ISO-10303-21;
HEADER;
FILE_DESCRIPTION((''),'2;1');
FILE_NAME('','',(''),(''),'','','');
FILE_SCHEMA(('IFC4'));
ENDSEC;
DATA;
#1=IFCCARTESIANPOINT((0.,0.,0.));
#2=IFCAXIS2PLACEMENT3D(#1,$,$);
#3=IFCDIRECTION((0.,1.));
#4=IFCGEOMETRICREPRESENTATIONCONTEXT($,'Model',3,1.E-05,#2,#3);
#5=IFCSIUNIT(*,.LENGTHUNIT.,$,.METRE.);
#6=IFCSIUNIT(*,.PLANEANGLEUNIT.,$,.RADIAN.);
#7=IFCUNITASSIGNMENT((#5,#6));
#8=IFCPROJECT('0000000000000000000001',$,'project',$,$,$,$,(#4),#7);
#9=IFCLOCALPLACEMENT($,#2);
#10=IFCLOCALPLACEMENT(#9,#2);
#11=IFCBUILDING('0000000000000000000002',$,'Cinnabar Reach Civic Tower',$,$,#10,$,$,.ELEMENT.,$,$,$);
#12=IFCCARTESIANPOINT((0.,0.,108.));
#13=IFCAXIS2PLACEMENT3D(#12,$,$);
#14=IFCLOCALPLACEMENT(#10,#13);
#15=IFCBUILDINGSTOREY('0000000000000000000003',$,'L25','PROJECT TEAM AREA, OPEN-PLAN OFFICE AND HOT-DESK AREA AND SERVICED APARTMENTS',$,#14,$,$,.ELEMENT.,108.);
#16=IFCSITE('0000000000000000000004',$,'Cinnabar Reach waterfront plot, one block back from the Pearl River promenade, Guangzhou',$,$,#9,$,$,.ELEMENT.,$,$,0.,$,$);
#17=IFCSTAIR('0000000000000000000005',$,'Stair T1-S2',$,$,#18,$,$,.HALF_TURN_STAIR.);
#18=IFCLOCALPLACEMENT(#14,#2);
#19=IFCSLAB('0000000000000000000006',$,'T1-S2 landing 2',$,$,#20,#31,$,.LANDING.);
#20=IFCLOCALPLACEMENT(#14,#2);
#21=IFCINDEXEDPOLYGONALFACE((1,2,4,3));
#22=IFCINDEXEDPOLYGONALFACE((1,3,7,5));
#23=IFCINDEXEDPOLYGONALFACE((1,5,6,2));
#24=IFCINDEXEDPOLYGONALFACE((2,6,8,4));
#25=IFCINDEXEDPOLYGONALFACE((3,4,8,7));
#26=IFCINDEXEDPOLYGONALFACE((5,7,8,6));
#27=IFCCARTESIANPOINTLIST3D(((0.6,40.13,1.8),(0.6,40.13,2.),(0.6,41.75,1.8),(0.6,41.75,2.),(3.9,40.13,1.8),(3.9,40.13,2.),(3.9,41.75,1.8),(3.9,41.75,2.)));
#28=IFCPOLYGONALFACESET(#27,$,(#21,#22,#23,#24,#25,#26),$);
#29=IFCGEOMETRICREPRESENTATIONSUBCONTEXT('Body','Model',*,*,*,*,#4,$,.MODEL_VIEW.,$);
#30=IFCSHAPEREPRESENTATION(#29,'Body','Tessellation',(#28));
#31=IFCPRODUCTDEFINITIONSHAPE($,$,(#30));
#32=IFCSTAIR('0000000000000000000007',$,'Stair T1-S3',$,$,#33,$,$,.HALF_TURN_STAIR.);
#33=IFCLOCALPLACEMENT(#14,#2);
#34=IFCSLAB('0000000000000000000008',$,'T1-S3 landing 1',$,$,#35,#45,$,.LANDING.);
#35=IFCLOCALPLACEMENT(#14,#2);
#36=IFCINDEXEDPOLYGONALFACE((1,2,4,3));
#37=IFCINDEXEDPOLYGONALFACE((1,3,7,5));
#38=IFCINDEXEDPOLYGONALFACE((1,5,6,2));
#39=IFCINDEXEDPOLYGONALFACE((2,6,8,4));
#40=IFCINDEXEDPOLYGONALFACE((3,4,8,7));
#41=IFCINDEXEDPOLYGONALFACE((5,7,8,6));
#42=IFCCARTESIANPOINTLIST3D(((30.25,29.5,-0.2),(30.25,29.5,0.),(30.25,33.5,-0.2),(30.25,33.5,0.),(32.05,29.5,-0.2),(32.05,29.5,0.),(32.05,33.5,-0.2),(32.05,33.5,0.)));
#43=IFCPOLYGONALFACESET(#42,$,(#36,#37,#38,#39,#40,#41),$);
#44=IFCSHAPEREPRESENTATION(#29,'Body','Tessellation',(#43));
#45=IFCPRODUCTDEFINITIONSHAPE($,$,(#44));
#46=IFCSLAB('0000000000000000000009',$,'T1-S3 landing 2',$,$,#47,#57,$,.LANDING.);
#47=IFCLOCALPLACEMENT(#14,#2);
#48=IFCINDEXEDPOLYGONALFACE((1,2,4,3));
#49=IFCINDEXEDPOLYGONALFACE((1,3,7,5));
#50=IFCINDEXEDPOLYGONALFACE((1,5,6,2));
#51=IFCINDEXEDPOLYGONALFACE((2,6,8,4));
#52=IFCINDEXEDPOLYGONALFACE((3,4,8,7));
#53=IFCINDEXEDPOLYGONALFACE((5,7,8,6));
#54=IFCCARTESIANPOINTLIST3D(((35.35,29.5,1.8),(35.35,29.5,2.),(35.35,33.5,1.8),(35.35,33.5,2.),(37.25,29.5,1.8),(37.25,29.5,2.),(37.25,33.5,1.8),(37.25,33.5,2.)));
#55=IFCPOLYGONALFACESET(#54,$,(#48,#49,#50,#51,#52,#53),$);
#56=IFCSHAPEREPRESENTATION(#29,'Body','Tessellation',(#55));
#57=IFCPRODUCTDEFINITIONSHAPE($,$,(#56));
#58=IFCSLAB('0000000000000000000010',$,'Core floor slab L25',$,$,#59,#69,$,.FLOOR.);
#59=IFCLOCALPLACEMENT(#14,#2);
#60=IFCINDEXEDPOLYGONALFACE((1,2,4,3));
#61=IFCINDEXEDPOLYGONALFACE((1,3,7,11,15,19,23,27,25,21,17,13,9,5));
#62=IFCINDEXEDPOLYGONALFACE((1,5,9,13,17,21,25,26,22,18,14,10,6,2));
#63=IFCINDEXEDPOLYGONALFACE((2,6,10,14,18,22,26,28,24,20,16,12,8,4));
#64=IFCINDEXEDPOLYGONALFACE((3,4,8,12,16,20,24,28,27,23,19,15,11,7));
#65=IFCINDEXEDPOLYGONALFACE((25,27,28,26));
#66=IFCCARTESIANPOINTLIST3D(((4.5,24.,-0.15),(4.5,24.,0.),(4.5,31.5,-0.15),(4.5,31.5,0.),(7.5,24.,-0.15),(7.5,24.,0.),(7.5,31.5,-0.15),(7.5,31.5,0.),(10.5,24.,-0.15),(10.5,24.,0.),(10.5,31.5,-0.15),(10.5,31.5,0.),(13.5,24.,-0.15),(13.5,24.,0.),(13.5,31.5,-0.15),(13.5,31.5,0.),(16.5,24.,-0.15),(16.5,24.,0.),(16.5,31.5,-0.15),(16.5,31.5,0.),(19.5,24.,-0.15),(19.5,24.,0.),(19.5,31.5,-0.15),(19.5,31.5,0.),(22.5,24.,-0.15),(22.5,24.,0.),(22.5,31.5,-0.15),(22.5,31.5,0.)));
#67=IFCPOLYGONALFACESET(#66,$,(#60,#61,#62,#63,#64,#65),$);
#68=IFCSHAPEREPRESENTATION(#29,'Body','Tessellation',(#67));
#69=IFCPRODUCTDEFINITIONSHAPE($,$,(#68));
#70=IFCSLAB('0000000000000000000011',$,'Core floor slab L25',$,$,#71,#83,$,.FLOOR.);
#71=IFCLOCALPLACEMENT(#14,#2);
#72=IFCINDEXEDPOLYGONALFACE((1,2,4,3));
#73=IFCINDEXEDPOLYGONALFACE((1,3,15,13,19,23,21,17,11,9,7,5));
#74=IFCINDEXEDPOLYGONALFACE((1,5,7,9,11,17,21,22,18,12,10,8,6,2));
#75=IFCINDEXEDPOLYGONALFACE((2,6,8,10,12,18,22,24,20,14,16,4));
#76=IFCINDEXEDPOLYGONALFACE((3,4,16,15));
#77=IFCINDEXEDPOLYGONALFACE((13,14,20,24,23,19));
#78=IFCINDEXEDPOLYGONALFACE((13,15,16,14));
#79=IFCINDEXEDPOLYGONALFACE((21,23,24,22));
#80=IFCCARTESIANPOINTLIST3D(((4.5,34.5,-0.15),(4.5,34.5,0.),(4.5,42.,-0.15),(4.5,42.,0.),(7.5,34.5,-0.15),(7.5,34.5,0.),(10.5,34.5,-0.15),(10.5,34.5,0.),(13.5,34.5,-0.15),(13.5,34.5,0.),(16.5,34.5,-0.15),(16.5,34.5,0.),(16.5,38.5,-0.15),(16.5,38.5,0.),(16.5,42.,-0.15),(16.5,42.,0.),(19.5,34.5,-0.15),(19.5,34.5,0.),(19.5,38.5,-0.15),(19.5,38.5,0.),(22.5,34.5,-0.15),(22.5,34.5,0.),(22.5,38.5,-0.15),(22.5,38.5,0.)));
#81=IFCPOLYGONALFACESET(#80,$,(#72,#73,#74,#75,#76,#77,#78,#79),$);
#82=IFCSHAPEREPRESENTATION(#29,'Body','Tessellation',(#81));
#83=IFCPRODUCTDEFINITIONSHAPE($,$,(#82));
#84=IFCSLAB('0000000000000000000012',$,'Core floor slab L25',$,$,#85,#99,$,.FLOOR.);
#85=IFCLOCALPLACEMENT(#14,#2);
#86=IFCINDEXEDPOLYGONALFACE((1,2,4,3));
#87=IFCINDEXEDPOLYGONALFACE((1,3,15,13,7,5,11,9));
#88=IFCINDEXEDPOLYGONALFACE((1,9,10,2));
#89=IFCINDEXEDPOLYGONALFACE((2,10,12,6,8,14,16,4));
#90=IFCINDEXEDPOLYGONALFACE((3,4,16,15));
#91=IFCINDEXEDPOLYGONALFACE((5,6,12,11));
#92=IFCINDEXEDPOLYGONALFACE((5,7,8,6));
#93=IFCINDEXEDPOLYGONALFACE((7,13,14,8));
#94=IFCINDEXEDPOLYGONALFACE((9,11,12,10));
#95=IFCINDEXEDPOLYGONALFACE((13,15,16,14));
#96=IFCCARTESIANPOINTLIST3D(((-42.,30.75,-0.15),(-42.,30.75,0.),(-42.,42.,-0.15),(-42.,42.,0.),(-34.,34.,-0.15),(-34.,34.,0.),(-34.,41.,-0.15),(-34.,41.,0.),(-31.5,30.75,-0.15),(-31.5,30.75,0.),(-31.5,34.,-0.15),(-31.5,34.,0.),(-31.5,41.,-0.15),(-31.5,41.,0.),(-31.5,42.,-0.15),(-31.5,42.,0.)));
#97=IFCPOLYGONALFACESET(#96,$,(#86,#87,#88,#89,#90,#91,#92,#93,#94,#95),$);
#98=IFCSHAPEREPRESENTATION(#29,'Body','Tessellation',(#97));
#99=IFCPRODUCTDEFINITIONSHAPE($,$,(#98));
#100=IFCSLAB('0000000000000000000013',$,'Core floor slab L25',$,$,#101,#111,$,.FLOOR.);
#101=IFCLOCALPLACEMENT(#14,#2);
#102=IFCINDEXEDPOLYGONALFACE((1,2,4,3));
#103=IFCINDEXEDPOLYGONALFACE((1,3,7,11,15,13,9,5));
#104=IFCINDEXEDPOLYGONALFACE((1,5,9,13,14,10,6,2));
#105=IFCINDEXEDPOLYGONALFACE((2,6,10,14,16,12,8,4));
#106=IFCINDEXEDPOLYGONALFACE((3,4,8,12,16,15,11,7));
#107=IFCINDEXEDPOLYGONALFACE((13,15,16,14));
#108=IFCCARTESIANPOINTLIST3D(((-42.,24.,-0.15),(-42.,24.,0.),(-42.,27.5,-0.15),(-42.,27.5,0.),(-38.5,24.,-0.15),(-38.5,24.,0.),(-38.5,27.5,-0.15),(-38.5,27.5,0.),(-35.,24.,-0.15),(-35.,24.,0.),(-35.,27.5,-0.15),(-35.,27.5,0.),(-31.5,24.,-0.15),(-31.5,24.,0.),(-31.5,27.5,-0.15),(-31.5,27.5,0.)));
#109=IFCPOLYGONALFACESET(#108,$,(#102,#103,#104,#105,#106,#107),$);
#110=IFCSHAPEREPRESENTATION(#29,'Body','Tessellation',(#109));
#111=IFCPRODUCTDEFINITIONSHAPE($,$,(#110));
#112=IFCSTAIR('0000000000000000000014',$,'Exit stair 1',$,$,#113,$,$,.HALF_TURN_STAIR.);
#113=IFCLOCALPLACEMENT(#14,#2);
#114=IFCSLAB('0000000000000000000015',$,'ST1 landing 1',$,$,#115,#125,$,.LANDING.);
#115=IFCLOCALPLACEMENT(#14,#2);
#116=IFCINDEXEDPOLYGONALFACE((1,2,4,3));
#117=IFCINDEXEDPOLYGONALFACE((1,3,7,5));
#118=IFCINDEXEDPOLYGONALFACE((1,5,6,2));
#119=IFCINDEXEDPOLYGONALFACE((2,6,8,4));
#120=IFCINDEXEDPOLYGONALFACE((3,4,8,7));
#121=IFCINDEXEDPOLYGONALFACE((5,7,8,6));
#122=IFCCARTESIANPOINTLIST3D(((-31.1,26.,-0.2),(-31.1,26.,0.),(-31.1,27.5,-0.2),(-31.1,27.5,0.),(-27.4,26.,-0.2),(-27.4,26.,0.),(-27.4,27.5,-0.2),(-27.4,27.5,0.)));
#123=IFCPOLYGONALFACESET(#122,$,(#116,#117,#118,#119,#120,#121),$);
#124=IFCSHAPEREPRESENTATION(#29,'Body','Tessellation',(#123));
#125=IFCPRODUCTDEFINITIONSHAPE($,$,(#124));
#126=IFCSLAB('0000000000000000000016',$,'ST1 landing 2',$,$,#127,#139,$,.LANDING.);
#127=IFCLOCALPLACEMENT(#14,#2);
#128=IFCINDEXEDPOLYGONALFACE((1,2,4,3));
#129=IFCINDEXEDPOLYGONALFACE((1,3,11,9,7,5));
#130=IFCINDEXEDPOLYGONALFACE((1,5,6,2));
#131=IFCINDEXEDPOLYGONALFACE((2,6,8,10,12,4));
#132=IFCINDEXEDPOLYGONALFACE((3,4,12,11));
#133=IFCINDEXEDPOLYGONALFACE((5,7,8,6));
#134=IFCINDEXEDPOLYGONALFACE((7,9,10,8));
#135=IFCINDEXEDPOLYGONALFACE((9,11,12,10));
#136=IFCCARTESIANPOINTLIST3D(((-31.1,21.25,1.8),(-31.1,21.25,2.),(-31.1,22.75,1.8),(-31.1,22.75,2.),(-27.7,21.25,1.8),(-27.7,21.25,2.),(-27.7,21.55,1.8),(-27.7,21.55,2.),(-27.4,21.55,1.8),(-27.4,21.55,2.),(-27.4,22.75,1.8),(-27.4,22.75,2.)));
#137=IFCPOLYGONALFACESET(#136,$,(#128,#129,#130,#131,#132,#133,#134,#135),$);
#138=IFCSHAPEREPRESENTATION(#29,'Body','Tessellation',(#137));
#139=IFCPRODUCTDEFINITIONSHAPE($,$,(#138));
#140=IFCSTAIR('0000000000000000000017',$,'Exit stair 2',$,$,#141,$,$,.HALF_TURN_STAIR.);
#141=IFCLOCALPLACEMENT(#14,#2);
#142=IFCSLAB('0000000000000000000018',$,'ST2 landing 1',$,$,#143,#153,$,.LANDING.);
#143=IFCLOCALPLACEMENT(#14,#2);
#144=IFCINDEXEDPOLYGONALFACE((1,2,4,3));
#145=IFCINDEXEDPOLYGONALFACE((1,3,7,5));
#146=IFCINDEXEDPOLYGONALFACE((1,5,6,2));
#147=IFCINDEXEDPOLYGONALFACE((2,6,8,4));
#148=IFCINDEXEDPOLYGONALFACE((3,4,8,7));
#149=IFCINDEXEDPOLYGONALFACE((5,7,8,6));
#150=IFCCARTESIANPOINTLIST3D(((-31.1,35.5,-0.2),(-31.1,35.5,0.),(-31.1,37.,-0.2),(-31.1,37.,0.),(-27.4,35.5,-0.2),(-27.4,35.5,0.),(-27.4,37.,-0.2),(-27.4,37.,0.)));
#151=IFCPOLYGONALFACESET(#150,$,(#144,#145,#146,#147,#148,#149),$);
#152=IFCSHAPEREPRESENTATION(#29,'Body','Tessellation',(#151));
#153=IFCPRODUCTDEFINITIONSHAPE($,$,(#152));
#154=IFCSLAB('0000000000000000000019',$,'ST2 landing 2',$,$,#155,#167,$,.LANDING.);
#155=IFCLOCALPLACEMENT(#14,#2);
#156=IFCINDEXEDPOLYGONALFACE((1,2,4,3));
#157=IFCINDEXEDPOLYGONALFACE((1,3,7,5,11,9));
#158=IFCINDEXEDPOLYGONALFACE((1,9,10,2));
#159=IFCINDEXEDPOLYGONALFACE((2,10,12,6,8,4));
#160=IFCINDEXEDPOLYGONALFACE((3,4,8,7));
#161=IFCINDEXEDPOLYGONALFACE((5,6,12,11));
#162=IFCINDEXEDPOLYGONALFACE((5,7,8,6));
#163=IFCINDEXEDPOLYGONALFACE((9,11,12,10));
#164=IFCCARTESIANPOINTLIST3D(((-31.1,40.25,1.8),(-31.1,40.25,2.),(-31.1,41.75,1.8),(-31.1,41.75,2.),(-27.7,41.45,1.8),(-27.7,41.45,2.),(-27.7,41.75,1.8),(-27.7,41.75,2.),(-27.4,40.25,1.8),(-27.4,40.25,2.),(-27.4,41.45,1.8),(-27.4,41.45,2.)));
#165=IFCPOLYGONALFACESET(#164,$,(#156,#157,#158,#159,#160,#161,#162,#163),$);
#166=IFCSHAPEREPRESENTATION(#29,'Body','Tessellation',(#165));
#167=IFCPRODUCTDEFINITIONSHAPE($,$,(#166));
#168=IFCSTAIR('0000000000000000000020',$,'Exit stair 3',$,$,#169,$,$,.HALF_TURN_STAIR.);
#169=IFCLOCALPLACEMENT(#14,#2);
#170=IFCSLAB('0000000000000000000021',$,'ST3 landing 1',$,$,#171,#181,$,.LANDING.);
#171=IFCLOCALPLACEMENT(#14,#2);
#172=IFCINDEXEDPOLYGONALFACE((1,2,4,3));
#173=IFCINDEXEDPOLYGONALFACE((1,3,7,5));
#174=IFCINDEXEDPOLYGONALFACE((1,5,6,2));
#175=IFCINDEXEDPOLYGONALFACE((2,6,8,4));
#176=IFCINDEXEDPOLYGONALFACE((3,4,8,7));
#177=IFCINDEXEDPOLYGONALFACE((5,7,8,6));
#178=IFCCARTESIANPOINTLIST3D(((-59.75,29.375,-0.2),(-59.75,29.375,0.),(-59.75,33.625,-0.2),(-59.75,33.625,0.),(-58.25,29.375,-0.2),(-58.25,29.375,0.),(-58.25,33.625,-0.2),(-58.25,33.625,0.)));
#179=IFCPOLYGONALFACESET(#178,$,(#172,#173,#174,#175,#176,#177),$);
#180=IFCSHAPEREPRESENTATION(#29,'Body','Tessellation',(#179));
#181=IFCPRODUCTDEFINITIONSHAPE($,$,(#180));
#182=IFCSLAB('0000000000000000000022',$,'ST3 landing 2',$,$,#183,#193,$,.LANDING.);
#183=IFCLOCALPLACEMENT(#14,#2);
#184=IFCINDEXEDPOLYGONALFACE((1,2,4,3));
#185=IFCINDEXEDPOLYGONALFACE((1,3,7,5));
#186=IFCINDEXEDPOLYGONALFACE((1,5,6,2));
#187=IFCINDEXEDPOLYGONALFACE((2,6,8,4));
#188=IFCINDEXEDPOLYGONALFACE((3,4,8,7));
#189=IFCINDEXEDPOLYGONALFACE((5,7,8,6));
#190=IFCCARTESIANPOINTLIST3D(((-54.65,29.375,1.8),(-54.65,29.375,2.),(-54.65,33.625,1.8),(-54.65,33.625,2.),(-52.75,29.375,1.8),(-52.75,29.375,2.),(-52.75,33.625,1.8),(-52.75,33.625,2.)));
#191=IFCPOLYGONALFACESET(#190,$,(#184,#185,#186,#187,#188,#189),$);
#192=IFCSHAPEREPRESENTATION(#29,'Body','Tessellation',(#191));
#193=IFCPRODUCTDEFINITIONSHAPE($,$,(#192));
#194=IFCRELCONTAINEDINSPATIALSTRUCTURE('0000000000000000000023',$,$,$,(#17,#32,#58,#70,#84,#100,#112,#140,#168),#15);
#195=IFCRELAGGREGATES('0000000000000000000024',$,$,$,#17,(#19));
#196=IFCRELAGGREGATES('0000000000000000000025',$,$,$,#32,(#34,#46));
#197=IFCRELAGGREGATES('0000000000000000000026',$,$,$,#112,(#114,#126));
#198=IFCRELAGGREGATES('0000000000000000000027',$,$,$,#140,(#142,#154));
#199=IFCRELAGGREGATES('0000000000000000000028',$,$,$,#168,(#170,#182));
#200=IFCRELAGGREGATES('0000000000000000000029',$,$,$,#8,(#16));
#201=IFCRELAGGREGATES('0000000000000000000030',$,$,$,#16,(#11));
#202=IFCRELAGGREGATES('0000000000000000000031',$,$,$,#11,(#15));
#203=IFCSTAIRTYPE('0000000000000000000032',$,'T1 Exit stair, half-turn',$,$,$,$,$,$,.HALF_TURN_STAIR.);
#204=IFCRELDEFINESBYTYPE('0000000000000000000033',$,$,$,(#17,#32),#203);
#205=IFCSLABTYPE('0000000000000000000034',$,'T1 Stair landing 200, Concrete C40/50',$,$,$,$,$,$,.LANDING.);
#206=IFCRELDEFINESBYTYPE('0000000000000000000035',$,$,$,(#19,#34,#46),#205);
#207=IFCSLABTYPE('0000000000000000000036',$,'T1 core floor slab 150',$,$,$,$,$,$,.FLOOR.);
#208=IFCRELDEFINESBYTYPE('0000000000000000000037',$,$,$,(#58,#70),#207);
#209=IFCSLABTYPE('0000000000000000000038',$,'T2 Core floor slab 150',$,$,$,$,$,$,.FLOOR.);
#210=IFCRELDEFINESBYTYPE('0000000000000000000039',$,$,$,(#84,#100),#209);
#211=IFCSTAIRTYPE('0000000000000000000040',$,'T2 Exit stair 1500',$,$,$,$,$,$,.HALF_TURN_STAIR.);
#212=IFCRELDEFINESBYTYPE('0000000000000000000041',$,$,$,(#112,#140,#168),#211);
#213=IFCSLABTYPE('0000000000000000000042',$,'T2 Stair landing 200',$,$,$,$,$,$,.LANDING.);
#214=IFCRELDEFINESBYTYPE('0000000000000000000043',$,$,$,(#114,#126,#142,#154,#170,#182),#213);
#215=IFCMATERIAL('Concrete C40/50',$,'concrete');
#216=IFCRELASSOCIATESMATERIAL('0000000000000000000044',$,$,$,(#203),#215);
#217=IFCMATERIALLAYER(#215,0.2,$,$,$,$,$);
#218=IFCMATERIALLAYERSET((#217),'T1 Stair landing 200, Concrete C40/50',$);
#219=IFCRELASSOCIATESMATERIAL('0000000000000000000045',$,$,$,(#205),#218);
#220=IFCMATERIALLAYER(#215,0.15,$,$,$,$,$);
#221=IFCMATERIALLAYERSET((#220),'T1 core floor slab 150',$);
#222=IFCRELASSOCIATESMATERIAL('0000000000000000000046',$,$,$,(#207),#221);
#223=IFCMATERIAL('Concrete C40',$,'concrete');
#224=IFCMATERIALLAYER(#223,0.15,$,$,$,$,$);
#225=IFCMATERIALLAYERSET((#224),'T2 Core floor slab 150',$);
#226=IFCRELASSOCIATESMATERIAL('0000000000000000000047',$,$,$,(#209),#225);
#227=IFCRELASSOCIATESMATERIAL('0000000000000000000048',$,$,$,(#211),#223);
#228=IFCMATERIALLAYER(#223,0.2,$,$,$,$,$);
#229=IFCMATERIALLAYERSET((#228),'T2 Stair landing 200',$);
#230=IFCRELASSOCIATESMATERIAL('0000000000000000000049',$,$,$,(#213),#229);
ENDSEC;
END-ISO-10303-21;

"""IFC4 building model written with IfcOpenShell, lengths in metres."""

from ifc_helpers import new_model, si_unit, direction, frame, origin, place, context, subcontext, project, spatial, polyline, outline, extrude, material, layer, layer_set, type_object, element, aggregate, save


model = new_model("IFC4")

# Units and contexts
model_context = context("Model", 3, precision=1e-05, world=origin(), true_north=direction((0.0, 1.0)))
body_context = subcontext(model_context, "Body", "Model", "MODEL_VIEW")
ifc_project = project(units=[si_unit("LENGTHUNIT", "METRE"), si_unit("PLANEANGLEUNIT", "RADIAN")], contexts=[model_context])

# Site, building, storey
site_placement = place(None, origin())
site = spatial("IfcSite", under=ifc_project, at=site_placement, Name="Cinnabar Reach waterfront plot, one block back from the Pearl River promenade, Guangzhou", CompositionType="ELEMENT", RefElevation=0.0)
building_placement = place(site_placement, origin())
building = spatial("IfcBuilding", under=site, at=building_placement, Name="Cinnabar Reach Civic Tower", CompositionType="ELEMENT")
storey_placement = place(building_placement, frame((0.0, 0.0, 108.0)))
storey = spatial("IfcBuildingStorey", under=building, at=storey_placement, Name="L25", Description="PROJECT TEAM AREA, OPEN-PLAN OFFICE AND HOT-DESK AREA AND SERVICED APARTMENTS", CompositionType="ELEMENT", Elevation=108.0)

# Shared definitions
ifc_material_1 = material(Name="Concrete C40", Category="concrete")

# Stairs, slabs
ifc_material_2 = material(Name="Concrete C40/50", Category="concrete")
stair_type_1 = type_object("IfcStairType", Name="T1 Exit stair, half-turn", PredefinedType="HALF_TURN_STAIR", material=ifc_material_2)
ifc_layer_1 = layer(ifc_material_2, 0.2)
ifc_layer_set_1 = layer_set([ifc_layer_1], Name="T1 Stair landing 200, Concrete C40/50")
slab_type_1 = type_object("IfcSlabType", Name="T1 Stair landing 200, Concrete C40/50", PredefinedType="LANDING", material=ifc_layer_set_1)
stair_1_placement = place(storey_placement, origin())
stair_1 = element("IfcStair", 1, at=stair_1_placement, inside=storey, type_object=stair_type_1, Name="Stair T1-S2", PredefinedType="HALF_TURN_STAIR")
slab_1_placement = place(storey_placement, frame((0.0, 0.0, 1.8)))
slab_1 = element("IfcSlab", 2, at=slab_1_placement, type_object=slab_type_1, Name="T1-S2 landing 2", PredefinedType="LANDING", context=body_context, shape_type="SweptSolid", body=[
    extrude(outline(polyline([(0.6, 40.13), (0.6, 41.75), (3.9, 41.75), (3.9, 40.13), (0.6, 40.13)])), origin(), (0.0, 0.0, 1.0), 0.2),
])
aggregate(stair_1, [slab_1])
stair_2_placement = place(storey_placement, origin())
stair_2 = element("IfcStair", 3, at=stair_2_placement, inside=storey, type_object=stair_type_1, Name="Stair T1-S3", PredefinedType="HALF_TURN_STAIR")
slab_2_placement = place(storey_placement, frame((0.0, 0.0, -0.2)))
slab_2 = element("IfcSlab", 4, at=slab_2_placement, type_object=slab_type_1, Name="T1-S3 landing 1", PredefinedType="LANDING", context=body_context, shape_type="SweptSolid", body=[
    extrude(outline(polyline([(30.25, 29.5), (32.05, 29.5), (32.05, 33.5), (30.25, 33.5), (30.25, 29.5)])), origin(), (0.0, 0.0, 1.0), 0.2),
])
slab_3_placement = place(storey_placement, frame((0.0, 0.0, 1.8)))
slab_3 = element("IfcSlab", 5, at=slab_3_placement, type_object=slab_type_1, Name="T1-S3 landing 2", PredefinedType="LANDING", context=body_context, shape_type="SweptSolid", body=[
    extrude(outline(polyline([(35.35, 29.5), (37.25, 29.5), (37.25, 33.5), (35.35, 33.5), (35.35, 29.5)])), origin(), (0.0, 0.0, 1.0), 0.2),
])
aggregate(stair_2, [slab_2, slab_3])

# Slabs
ifc_layer_2 = layer(ifc_material_2, 0.15)
ifc_layer_set_2 = layer_set([ifc_layer_2], Name="T1 core floor slab 150")
slab_type_2 = type_object("IfcSlabType", Name="T1 core floor slab 150", PredefinedType="FLOOR", material=ifc_layer_set_2)
slab_4_placement = place(storey_placement, frame((0.0, 0.0, -0.15)))
element("IfcSlab", 6, at=slab_4_placement, inside=storey, type_object=slab_type_2, Name="Core floor slab L25", PredefinedType="FLOOR", context=body_context, shape_type="SweptSolid", body=[
    extrude(outline(polyline([(22.5, 24.0), (19.5, 24.0), (16.5, 24.0), (13.5, 24.0), (10.5, 24.0), (7.5, 24.0), (4.5, 24.0), (4.5, 31.5), (7.5, 31.5), (10.5, 31.5), (13.5, 31.5), (16.5, 31.5), (19.5, 31.5), (22.5, 31.5), (22.5, 24.0)])), origin(), (0.0, 0.0, 1.0), 0.15),
])
slab_5_placement = place(storey_placement, frame((0.0, 0.0, -0.15)))
element("IfcSlab", 7, at=slab_5_placement, inside=storey, type_object=slab_type_2, Name="Core floor slab L25", PredefinedType="FLOOR", context=body_context, shape_type="SweptSolid", body=[
    extrude(outline(polyline([(22.5, 34.5), (19.5, 34.5), (16.5, 34.5), (13.5, 34.5), (10.5, 34.5), (7.5, 34.5), (4.5, 34.5), (4.5, 42.0), (16.5, 42.0), (16.5, 38.5), (19.5, 38.5), (22.5, 38.5), (22.5, 34.5)])), origin(), (0.0, 0.0, 1.0), 0.15),
])
ifc_layer_3 = layer(ifc_material_1, 0.15)
ifc_layer_set_3 = layer_set([ifc_layer_3], Name="T2 Core floor slab 150")
slab_type_3 = type_object("IfcSlabType", Name="T2 Core floor slab 150", PredefinedType="FLOOR", material=ifc_layer_set_3)
slab_6_placement = place(storey_placement, frame((0.0, 0.0, -0.15)))
element("IfcSlab", 8, at=slab_6_placement, inside=storey, type_object=slab_type_3, Name="Core floor slab L25", PredefinedType="FLOOR", context=body_context, shape_type="SweptSolid", body=[
    extrude(outline(polyline([(-42.0, 42.0), (-31.5, 42.0), (-31.5, 41.0), (-34.0, 41.0), (-34.0, 34.0), (-31.5, 34.0), (-31.5, 30.75), (-42.0, 30.75), (-42.0, 42.0)])), origin(), (0.0, 0.0, 1.0), 0.15),
])
slab_7_placement = place(storey_placement, frame((0.0, 0.0, -0.15)))
element("IfcSlab", 9, at=slab_7_placement, inside=storey, type_object=slab_type_3, Name="Core floor slab L25", PredefinedType="FLOOR", context=body_context, shape_type="SweptSolid", body=[
    extrude(outline(polyline([(-35.0, 24.0), (-38.5, 24.0), (-42.0, 24.0), (-42.0, 27.5), (-38.5, 27.5), (-35.0, 27.5), (-31.5, 27.5), (-31.5, 24.0), (-35.0, 24.0)])), origin(), (0.0, 0.0, 1.0), 0.15),
])

# Stairs, slabs
stair_type_2 = type_object("IfcStairType", Name="T2 Exit stair 1500", PredefinedType="HALF_TURN_STAIR", material=ifc_material_1)
stair_3_placement = place(storey_placement, origin())
stair_3 = element("IfcStair", 10, at=stair_3_placement, inside=storey, type_object=stair_type_2, Name="Exit stair 1", PredefinedType="HALF_TURN_STAIR")
ifc_layer_4 = layer(ifc_material_1, 0.2)
ifc_layer_set_4 = layer_set([ifc_layer_4], Name="T2 Stair landing 200")
slab_type_4 = type_object("IfcSlabType", Name="T2 Stair landing 200", PredefinedType="LANDING", material=ifc_layer_set_4)
slab_8_placement = place(storey_placement, frame((0.0, 0.0, -0.2)))
slab_8 = element("IfcSlab", 11, at=slab_8_placement, type_object=slab_type_4, Name="ST1 landing 1", PredefinedType="LANDING", context=body_context, shape_type="SweptSolid", body=[
    extrude(outline(polyline([(-31.1, 26.0), (-31.1, 27.5), (-27.4, 27.5), (-27.4, 26.0), (-31.1, 26.0)])), origin(), (0.0, 0.0, 1.0), 0.2),
])
slab_9_placement = place(storey_placement, frame((0.0, 0.0, 1.8)))
slab_9 = element("IfcSlab", 12, at=slab_9_placement, type_object=slab_type_4, Name="ST1 landing 2", PredefinedType="LANDING", context=body_context, shape_type="SweptSolid", body=[
    extrude(outline(polyline([(-31.1, 21.25), (-31.1, 22.75), (-27.4, 22.75), (-27.4, 21.55), (-27.7, 21.55), (-27.7, 21.25), (-31.1, 21.25)])), origin(), (0.0, 0.0, 1.0), 0.2),
])
aggregate(stair_3, [slab_8, slab_9])
stair_4_placement = place(storey_placement, origin())
stair_4 = element("IfcStair", 13, at=stair_4_placement, inside=storey, type_object=stair_type_2, Name="Exit stair 2", PredefinedType="HALF_TURN_STAIR")
slab_10_placement = place(storey_placement, frame((0.0, 0.0, -0.2)))
slab_10 = element("IfcSlab", 14, at=slab_10_placement, type_object=slab_type_4, Name="ST2 landing 1", PredefinedType="LANDING", context=body_context, shape_type="SweptSolid", body=[
    extrude(outline(polyline([(-31.1, 35.5), (-31.1, 37.0), (-27.4, 37.0), (-27.4, 35.5), (-31.1, 35.5)])), origin(), (0.0, 0.0, 1.0), 0.2),
])
slab_11_placement = place(storey_placement, frame((0.0, 0.0, 1.8)))
slab_11 = element("IfcSlab", 15, at=slab_11_placement, type_object=slab_type_4, Name="ST2 landing 2", PredefinedType="LANDING", context=body_context, shape_type="SweptSolid", body=[
    extrude(outline(polyline([(-27.4, 40.25), (-31.1, 40.25), (-31.1, 41.75), (-27.7, 41.75), (-27.7, 41.45), (-27.4, 41.45), (-27.4, 40.25)])), origin(), (0.0, 0.0, 1.0), 0.2),
])
aggregate(stair_4, [slab_10, slab_11])
stair_5_placement = place(storey_placement, origin())
stair_5 = element("IfcStair", 16, at=stair_5_placement, inside=storey, type_object=stair_type_2, Name="Exit stair 3", PredefinedType="HALF_TURN_STAIR")
slab_12_placement = place(storey_placement, frame((0.0, 0.0, -0.2)))
slab_12 = element("IfcSlab", 17, at=slab_12_placement, type_object=slab_type_4, Name="ST3 landing 1", PredefinedType="LANDING", context=body_context, shape_type="SweptSolid", body=[
    extrude(outline(polyline([(-59.75, 29.375), (-59.75, 33.625), (-58.25, 33.625), (-58.25, 29.375), (-59.75, 29.375)])), origin(), (0.0, 0.0, 1.0), 0.2),
])
slab_13_placement = place(storey_placement, frame((0.0, 0.0, 1.8)))
slab_13 = element("IfcSlab", 18, at=slab_13_placement, type_object=slab_type_4, Name="ST3 landing 2", PredefinedType="LANDING", context=body_context, shape_type="SweptSolid", body=[
    extrude(outline(polyline([(-54.65, 29.375), (-54.65, 33.625), (-52.75, 33.625), (-52.75, 29.375), (-54.65, 29.375)])), origin(), (0.0, 0.0, 1.0), 0.2),
])
aggregate(stair_5, [slab_12, slab_13])

save(model, "model.ifc")
